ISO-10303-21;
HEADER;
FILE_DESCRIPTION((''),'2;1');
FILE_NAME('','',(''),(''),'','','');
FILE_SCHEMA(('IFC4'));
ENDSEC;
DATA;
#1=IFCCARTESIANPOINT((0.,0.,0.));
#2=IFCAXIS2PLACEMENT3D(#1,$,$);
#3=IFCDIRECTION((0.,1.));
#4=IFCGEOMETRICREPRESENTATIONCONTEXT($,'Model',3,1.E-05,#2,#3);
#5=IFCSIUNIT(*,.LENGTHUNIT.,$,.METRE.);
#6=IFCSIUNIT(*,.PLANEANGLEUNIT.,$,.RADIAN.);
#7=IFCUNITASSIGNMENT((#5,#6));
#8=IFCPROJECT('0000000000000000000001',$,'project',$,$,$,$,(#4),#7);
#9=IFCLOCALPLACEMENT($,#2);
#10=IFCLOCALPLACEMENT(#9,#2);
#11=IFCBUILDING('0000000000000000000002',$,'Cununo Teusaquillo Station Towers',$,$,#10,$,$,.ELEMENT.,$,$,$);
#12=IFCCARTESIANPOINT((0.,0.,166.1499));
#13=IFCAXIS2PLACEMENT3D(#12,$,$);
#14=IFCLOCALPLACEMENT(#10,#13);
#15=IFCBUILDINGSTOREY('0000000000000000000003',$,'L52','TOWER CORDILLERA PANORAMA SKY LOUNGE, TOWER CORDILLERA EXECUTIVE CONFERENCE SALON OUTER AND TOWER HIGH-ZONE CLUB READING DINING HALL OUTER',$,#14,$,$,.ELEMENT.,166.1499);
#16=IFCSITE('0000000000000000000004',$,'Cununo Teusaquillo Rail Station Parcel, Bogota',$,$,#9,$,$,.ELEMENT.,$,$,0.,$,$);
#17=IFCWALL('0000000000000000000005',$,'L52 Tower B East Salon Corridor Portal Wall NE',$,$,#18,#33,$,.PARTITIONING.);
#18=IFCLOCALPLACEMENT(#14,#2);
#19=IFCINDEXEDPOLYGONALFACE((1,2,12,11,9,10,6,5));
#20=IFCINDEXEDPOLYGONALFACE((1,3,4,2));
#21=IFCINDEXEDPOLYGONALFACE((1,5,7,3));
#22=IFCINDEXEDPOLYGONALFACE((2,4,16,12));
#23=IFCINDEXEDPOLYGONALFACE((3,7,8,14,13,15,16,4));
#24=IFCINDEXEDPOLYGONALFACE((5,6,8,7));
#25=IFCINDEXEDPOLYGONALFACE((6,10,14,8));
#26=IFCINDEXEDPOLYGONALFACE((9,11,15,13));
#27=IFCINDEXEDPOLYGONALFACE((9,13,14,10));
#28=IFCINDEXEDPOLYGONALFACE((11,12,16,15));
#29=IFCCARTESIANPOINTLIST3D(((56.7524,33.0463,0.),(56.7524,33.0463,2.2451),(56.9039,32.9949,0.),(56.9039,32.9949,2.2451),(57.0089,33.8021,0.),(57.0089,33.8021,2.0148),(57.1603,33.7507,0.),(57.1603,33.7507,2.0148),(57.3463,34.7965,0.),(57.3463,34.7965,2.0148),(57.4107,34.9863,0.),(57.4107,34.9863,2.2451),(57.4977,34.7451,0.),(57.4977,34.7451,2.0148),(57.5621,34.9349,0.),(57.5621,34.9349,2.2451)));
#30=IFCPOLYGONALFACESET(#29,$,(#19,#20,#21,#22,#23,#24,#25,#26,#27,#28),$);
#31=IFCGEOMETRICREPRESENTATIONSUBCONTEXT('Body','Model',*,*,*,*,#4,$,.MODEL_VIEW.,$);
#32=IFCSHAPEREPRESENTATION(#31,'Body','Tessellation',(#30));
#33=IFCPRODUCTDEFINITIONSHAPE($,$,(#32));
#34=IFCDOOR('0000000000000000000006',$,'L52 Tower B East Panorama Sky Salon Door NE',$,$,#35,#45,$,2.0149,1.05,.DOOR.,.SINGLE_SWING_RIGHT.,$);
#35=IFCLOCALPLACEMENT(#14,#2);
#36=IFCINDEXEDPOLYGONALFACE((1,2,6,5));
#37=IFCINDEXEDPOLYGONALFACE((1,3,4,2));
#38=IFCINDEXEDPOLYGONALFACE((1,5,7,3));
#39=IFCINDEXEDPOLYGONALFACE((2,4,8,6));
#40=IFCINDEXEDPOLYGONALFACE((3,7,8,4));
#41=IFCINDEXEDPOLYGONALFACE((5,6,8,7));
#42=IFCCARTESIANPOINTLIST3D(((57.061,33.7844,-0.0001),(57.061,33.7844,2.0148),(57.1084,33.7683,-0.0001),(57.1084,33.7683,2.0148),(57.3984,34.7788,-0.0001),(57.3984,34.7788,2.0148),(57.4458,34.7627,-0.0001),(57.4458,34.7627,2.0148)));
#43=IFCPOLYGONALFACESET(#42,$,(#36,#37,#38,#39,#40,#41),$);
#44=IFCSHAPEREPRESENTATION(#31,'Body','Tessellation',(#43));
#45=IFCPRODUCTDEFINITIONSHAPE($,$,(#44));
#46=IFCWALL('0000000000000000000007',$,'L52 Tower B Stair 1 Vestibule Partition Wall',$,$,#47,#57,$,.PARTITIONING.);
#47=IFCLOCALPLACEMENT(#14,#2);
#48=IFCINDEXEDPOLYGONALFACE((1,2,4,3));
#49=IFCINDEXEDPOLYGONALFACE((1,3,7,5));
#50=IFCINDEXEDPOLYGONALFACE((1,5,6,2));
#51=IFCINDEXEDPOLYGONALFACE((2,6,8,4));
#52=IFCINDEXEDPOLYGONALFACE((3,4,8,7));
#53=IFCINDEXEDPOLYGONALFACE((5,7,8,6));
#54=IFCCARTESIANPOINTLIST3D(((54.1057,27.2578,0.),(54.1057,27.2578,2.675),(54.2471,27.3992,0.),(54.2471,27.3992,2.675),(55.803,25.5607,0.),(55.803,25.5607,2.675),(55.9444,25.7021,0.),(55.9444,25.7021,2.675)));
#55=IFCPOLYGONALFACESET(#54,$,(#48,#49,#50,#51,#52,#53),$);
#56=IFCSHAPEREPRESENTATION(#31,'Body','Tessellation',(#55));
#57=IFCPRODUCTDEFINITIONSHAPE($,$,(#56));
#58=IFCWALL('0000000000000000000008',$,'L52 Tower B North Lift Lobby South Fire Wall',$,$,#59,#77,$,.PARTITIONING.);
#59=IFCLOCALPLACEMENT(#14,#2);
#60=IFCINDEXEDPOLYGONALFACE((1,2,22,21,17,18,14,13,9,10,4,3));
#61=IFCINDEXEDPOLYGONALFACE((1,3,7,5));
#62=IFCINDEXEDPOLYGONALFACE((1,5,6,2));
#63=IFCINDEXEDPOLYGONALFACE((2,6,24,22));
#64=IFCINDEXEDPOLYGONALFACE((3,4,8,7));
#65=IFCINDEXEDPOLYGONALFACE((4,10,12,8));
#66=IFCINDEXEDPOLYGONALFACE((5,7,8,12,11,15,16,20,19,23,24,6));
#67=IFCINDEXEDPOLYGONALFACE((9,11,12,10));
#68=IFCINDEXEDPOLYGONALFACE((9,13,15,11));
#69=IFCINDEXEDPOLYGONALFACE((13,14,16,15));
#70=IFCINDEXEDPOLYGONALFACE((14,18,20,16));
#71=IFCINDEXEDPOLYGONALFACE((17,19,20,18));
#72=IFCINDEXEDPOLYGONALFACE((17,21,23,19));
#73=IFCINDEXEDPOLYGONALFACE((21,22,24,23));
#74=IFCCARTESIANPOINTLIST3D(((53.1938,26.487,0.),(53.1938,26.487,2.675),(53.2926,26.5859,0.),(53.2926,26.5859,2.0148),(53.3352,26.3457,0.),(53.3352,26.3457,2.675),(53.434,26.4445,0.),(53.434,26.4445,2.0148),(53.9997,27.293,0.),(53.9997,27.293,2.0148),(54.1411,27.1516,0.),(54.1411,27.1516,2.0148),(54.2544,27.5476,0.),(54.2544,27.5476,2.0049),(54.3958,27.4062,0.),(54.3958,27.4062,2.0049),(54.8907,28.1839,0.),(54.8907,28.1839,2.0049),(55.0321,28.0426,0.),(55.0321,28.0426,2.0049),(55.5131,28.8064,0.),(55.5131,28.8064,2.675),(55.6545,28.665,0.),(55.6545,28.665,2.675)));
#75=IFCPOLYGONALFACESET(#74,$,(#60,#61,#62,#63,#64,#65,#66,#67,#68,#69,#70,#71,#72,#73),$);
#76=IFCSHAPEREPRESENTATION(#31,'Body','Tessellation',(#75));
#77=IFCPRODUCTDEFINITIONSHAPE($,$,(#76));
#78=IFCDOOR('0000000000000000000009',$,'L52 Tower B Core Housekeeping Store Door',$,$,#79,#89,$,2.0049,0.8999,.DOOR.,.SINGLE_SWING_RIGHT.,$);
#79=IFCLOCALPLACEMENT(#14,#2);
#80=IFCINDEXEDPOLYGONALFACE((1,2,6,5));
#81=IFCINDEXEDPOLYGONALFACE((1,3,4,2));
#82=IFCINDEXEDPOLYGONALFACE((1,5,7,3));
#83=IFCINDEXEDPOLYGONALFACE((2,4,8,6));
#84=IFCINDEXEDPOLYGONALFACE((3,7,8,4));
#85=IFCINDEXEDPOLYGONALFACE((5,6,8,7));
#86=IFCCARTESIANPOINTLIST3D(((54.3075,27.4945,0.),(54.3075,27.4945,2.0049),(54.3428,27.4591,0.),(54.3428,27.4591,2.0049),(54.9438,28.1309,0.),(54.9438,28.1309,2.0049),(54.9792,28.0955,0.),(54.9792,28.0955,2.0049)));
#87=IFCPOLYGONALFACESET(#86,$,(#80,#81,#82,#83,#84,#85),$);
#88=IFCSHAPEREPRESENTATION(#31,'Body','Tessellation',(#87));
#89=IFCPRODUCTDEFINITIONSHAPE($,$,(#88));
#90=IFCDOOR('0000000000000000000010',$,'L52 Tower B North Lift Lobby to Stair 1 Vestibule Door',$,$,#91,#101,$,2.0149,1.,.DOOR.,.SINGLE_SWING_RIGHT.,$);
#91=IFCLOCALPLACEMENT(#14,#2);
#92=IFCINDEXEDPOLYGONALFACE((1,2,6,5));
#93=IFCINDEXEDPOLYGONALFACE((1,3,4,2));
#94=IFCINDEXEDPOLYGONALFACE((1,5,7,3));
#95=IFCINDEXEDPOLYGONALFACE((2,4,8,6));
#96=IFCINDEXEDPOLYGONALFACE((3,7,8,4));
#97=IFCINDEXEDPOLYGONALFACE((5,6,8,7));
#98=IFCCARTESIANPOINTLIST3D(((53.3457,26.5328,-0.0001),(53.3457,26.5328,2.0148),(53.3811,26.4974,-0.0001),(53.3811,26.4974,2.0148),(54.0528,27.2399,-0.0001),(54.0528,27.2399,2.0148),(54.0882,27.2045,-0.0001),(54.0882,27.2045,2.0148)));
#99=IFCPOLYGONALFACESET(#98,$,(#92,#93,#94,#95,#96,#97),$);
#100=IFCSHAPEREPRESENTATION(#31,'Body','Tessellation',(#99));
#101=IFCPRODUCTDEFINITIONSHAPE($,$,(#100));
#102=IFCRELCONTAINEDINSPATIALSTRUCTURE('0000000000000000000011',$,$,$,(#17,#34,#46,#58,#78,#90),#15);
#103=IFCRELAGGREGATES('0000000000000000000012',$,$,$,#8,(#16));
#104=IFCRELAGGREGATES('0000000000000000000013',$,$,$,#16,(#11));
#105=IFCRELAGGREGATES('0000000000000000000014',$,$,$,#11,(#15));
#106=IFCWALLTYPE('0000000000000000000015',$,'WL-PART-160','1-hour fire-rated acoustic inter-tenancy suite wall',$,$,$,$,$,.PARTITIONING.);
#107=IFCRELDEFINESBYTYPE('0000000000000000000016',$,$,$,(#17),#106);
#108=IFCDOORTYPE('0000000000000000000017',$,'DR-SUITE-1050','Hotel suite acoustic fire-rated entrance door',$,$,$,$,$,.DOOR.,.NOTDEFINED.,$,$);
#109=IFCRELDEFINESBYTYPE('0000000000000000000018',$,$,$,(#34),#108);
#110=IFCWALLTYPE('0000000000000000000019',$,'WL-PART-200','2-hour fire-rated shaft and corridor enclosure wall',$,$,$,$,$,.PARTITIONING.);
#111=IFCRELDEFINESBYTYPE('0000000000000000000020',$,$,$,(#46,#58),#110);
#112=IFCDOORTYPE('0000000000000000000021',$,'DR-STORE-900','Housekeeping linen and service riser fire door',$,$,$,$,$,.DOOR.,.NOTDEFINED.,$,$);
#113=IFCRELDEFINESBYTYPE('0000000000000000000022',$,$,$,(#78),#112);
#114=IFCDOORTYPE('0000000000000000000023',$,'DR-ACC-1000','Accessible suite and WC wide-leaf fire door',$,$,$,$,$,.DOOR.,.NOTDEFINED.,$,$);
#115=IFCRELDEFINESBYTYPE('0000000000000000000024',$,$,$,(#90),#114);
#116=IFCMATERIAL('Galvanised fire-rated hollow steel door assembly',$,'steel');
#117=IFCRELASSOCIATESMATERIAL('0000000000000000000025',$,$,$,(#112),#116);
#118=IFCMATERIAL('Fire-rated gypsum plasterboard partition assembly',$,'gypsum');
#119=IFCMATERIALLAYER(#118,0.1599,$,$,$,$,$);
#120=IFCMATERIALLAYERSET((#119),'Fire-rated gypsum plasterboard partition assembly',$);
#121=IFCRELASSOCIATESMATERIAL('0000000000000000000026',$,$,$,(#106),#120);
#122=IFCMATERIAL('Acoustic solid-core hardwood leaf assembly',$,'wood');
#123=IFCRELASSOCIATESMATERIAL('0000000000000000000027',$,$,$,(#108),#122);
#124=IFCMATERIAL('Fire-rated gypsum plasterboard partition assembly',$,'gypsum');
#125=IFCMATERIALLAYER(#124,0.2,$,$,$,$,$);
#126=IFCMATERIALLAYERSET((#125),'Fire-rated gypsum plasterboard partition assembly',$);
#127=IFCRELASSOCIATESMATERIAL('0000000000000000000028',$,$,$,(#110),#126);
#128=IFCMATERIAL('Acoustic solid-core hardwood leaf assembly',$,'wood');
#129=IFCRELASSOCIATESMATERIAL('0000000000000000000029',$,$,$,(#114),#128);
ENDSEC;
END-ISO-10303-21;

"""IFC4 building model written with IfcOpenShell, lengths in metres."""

from ifc_helpers import new_model, si_unit, direction, frame, frame_2d, origin, place, context, subcontext, project, spatial, rectangle, extrude, source, transform, mapped, material, layer, layer_set, type_object, element, fill, save


model = new_model("IFC4")

# Units and contexts
model_context = context("Model", 3, precision=1e-05, world=origin(), true_north=direction((0.0, 1.0)))
body_context = subcontext(model_context, "Body", "Model", "MODEL_VIEW")
ifc_project = project(units=[si_unit("LENGTHUNIT", "METRE"), si_unit("PLANEANGLEUNIT", "RADIAN")], contexts=[model_context])

# Site, building, storey
site_placement = place(None, origin())
site = spatial("IfcSite", under=ifc_project, at=site_placement, Name="Cununo Teusaquillo Rail Station Parcel, Bogota", CompositionType="ELEMENT", RefElevation=0.0)
building_placement = place(site_placement, origin())
building = spatial("IfcBuilding", under=site, at=building_placement, Name="Cununo Teusaquillo Station Towers", CompositionType="ELEMENT")
storey_placement = place(building_placement, frame((0.0, 0.0, 166.1499)))
storey = spatial("IfcBuildingStorey", under=building, at=storey_placement, Name="L52", Description="TOWER CORDILLERA PANORAMA SKY LOUNGE, TOWER CORDILLERA EXECUTIVE CONFERENCE SALON OUTER AND TOWER HIGH-ZONE CLUB READING DINING HALL OUTER", CompositionType="ELEMENT", Elevation=166.1499)

# Shared definitions
ifc_material_1 = material(Name="Galvanised fire-rated hollow steel door assembly", Category="steel")
door_type_1 = type_object("IfcDoorType", Name="DR-STORE-900", Description="Housekeeping linen and service riser fire door", OperationType="NOTDEFINED", PredefinedType="DOOR", material=ifc_material_1)
shared_shape_1 = source(origin(), body_context, "Body", "SweptSolid", [
    extrude(rectangle(XDim=0.8999, YDim=2.0049, at=frame_2d((0.45, 1.0024))), frame((0.0, 0.0249, 0.0), z_axis=(0.0, -1.0, 0.0), x_axis=(1.0, 0.0, 0.0)), (0.0, 0.0, 1.0), 0.05),
])

# Shared definitions
ifc_material_2 = material(Name="Fire-rated gypsum plasterboard partition assembly", Category="gypsum")
ifc_layer_1 = layer(ifc_material_2, 0.1599)
ifc_layer_set_1 = layer_set([ifc_layer_1], Name="Fire-rated gypsum plasterboard partition assembly")
wall_type_1 = type_object("IfcWallType", Name="WL-PART-160", Description="1-hour fire-rated acoustic inter-tenancy suite wall", PredefinedType="PARTITIONING", material=ifc_layer_set_1)

# Wall, opening, door
wall_1_placement = place(storey_placement, frame((56.8281, 33.0205, 0.0), z_axis=(0.0, 0.0, 1.0), x_axis=(0.3213, 0.946977, 0.0)))
wall_1 = element("IfcWall", 1, at=wall_1_placement, inside=storey, type_object=wall_type_1, Name="L52 Tower B East Salon Corridor Portal Wall NE", PredefinedType="PARTITIONING", context=body_context, shape_type="SweptSolid", body=[
    extrude(rectangle(XDim=2.0486, YDim=0.1599, at=frame_2d((1.0244, 0.0))), origin(), (0.0, 0.0, 1.0), 2.2451),
])
shared_shape_2 = source(origin(), body_context, "Body", "SweptSolid", [
    extrude(rectangle(XDim=1.05, YDim=2.0149, at=frame_2d((0.5249, 1.0073))), frame((0.0, 0.0898, 0.0), z_axis=(0.0, -1.0, 0.0), x_axis=(1.0, 0.0, 0.0)), (0.0, 0.0, 1.0), 0.1799),
])
opening_1_placement = place(wall_1_placement, frame((0.7983, 0.0, 0.0)))
opening_1 = element("IfcOpeningElement", 2, at=opening_1_placement, cuts=wall_1, PredefinedType="OPENING", context=body_context, shape_type="MappedRepresentation", body=[
    mapped(shared_shape_2, transform((0.0, 0.0, 0.0), x_axis=(1.0, 0.0, 0.0), y_axis=(0.0, 1.0, 0.0), z_axis=(0.0, 0.0, 1.0), scale=1.0)),
])
ifc_material_3 = material(Name="Acoustic solid-core hardwood leaf assembly", Category="wood")
door_type_2 = type_object("IfcDoorType", Name="DR-SUITE-1050", Description="Hotel suite acoustic fire-rated entrance door", OperationType="NOTDEFINED", PredefinedType="DOOR", material=ifc_material_3)
shared_shape_3 = source(origin(), body_context, "Body", "SweptSolid", [
    extrude(rectangle(XDim=1.05, YDim=2.0149, at=frame_2d((0.5249, 1.0073))), frame((0.0, 0.0249, 0.0), z_axis=(0.0, -1.0, 0.0), x_axis=(1.0, 0.0, 0.0)), (0.0, 0.0, 1.0), 0.05),
])
door_1_placement = place(opening_1_placement, origin())
door_1 = element("IfcDoor", 3, at=door_1_placement, inside=storey, type_object=door_type_2, Name="L52 Tower B East Panorama Sky Salon Door NE", OperationType="SINGLE_SWING_RIGHT", OverallHeight=2.0149, OverallWidth=1.05, PredefinedType="DOOR", context=body_context, shape_type="MappedRepresentation", body=[
    mapped(shared_shape_3, transform((0.0, 0.0, 0.0), x_axis=(1.0, 0.0, 0.0), y_axis=(0.0, 1.0, 0.0), z_axis=(0.0, 0.0, 1.0), scale=1.0)),
])
fill(opening_1, door_1)

# Wall
ifc_material_4 = material(Name="Fire-rated gypsum plasterboard partition assembly", Category="gypsum")
ifc_layer_2 = layer(ifc_material_4, 0.2)
ifc_layer_set_2 = layer_set([ifc_layer_2], Name="Fire-rated gypsum plasterboard partition assembly")
wall_type_2 = type_object("IfcWallType", Name="WL-PART-200", Description="2-hour fire-rated shaft and corridor enclosure wall", PredefinedType="PARTITIONING", material=ifc_layer_set_2)
wall_2_placement = place(storey_placement, frame((55.8738, 25.6313, 0.0), z_axis=(0.0, 0.0, 1.0), x_axis=(-0.707158, 0.707056, 0.0)))
element("IfcWall", 4, at=wall_2_placement, inside=storey, type_object=wall_type_2, Name="L52 Tower B Stair 1 Vestibule Partition Wall", PredefinedType="PARTITIONING", context=body_context, shape_type="SweptSolid", body=[
    extrude(rectangle(XDim=2.4001, YDim=0.2, at=frame_2d((1.2002, 0.0))), origin(), (0.0, 0.0, 1.0), 2.675),
])

# Wall, openings, doors
wall_3_placement = place(storey_placement, frame((53.2644, 26.4163, 0.0), z_axis=(0.0, 0.0, 1.0), x_axis=(0.707107, 0.707107, 0.0)))
wall_3 = element("IfcWall", 5, at=wall_3_placement, inside=storey, type_object=wall_type_2, Name="L52 Tower B North Lift Lobby South Fire Wall", PredefinedType="PARTITIONING", context=body_context, shape_type="SweptSolid", body=[
    extrude(rectangle(XDim=3.28, YDim=0.2, at=frame_2d((1.6401, 0.0))), origin(), (0.0, 0.0, 1.0), 2.675),
])
shared_shape_4 = source(origin(), body_context, "Body", "SweptSolid", [
    extrude(rectangle(XDim=1.0, YDim=2.0149, at=frame_2d((0.5, 1.0073))), frame((0.0, 0.1099, 0.0), z_axis=(0.0, -1.0, 0.0), x_axis=(1.0, 0.0, 0.0)), (0.0, 0.0, 1.0), 0.22),
])
opening_2_placement = place(wall_3_placement, frame((0.1399, 0.0, 0.0)))
opening_2 = element("IfcOpeningElement", 6, at=opening_2_placement, cuts=wall_3, PredefinedType="OPENING", context=body_context, shape_type="MappedRepresentation", body=[
    mapped(shared_shape_4, transform((0.0, 0.0, 0.0), x_axis=(1.0, 0.0, 0.0), y_axis=(0.0, 1.0, 0.0), z_axis=(0.0, 0.0, 1.0), scale=1.0)),
])
shared_shape_5 = source(origin(), body_context, "Body", "SweptSolid", [
    extrude(rectangle(XDim=0.8999, YDim=2.0049, at=frame_2d((0.45, 1.0024))), frame((0.0, 0.1099, 0.0), z_axis=(0.0, -1.0, 0.0), x_axis=(1.0, 0.0, 0.0)), (0.0, 0.0, 1.0), 0.22),
])
opening_3_placement = place(wall_3_placement, frame((1.5, 0.0, 0.0)))
opening_3 = element("IfcOpeningElement", 7, at=opening_3_placement, cuts=wall_3, PredefinedType="OPENING", context=body_context, shape_type="MappedRepresentation", body=[
    mapped(shared_shape_5, transform((0.0, 0.0, 0.0), x_axis=(1.0, 0.0, 0.0), y_axis=(0.0, 1.0, 0.0), z_axis=(0.0, 0.0, 1.0), scale=1.0)),
])
door_2_placement = place(opening_3_placement, origin())
door_2 = element("IfcDoor", 8, at=door_2_placement, inside=storey, type_object=door_type_1, Name="L52 Tower B Core Housekeeping Store Door", OperationType="SINGLE_SWING_RIGHT", OverallHeight=2.0049, OverallWidth=0.8999, PredefinedType="DOOR", context=body_context, shape_type="MappedRepresentation", body=[
    mapped(shared_shape_1, transform((0.0, 0.0, 0.0), x_axis=(1.0, 0.0, 0.0), y_axis=(0.0, 1.0, 0.0), z_axis=(0.0, 0.0, 1.0), scale=1.0)),
])
fill(opening_3, door_2)
ifc_material_5 = material(Name="Acoustic solid-core hardwood leaf assembly", Category="wood")
door_type_3 = type_object("IfcDoorType", Name="DR-ACC-1000", Description="Accessible suite and WC wide-leaf fire door", OperationType="NOTDEFINED", PredefinedType="DOOR", material=ifc_material_5)
shared_shape_6 = source(origin(), body_context, "Body", "SweptSolid", [
    extrude(rectangle(XDim=1.0, YDim=2.0149, at=frame_2d((0.5, 1.0073))), frame((0.0, 0.0249, 0.0), z_axis=(0.0, -1.0, 0.0), x_axis=(1.0, 0.0, 0.0)), (0.0, 0.0, 1.0), 0.05),
])
door_3_placement = place(opening_2_placement, origin())
door_3 = element("IfcDoor", 9, at=door_3_placement, inside=storey, type_object=door_type_3, Name="L52 Tower B North Lift Lobby to Stair 1 Vestibule Door", OperationType="SINGLE_SWING_RIGHT", OverallHeight=2.0149, OverallWidth=1.0, PredefinedType="DOOR", context=body_context, shape_type="MappedRepresentation", body=[
    mapped(shared_shape_6, transform((0.0, 0.0, 0.0), x_axis=(1.0, 0.0, 0.0), y_axis=(0.0, 1.0, 0.0), z_axis=(0.0, 0.0, 1.0), scale=1.0)),
])
fill(opening_2, door_3)

save(model, "model.ifc")
